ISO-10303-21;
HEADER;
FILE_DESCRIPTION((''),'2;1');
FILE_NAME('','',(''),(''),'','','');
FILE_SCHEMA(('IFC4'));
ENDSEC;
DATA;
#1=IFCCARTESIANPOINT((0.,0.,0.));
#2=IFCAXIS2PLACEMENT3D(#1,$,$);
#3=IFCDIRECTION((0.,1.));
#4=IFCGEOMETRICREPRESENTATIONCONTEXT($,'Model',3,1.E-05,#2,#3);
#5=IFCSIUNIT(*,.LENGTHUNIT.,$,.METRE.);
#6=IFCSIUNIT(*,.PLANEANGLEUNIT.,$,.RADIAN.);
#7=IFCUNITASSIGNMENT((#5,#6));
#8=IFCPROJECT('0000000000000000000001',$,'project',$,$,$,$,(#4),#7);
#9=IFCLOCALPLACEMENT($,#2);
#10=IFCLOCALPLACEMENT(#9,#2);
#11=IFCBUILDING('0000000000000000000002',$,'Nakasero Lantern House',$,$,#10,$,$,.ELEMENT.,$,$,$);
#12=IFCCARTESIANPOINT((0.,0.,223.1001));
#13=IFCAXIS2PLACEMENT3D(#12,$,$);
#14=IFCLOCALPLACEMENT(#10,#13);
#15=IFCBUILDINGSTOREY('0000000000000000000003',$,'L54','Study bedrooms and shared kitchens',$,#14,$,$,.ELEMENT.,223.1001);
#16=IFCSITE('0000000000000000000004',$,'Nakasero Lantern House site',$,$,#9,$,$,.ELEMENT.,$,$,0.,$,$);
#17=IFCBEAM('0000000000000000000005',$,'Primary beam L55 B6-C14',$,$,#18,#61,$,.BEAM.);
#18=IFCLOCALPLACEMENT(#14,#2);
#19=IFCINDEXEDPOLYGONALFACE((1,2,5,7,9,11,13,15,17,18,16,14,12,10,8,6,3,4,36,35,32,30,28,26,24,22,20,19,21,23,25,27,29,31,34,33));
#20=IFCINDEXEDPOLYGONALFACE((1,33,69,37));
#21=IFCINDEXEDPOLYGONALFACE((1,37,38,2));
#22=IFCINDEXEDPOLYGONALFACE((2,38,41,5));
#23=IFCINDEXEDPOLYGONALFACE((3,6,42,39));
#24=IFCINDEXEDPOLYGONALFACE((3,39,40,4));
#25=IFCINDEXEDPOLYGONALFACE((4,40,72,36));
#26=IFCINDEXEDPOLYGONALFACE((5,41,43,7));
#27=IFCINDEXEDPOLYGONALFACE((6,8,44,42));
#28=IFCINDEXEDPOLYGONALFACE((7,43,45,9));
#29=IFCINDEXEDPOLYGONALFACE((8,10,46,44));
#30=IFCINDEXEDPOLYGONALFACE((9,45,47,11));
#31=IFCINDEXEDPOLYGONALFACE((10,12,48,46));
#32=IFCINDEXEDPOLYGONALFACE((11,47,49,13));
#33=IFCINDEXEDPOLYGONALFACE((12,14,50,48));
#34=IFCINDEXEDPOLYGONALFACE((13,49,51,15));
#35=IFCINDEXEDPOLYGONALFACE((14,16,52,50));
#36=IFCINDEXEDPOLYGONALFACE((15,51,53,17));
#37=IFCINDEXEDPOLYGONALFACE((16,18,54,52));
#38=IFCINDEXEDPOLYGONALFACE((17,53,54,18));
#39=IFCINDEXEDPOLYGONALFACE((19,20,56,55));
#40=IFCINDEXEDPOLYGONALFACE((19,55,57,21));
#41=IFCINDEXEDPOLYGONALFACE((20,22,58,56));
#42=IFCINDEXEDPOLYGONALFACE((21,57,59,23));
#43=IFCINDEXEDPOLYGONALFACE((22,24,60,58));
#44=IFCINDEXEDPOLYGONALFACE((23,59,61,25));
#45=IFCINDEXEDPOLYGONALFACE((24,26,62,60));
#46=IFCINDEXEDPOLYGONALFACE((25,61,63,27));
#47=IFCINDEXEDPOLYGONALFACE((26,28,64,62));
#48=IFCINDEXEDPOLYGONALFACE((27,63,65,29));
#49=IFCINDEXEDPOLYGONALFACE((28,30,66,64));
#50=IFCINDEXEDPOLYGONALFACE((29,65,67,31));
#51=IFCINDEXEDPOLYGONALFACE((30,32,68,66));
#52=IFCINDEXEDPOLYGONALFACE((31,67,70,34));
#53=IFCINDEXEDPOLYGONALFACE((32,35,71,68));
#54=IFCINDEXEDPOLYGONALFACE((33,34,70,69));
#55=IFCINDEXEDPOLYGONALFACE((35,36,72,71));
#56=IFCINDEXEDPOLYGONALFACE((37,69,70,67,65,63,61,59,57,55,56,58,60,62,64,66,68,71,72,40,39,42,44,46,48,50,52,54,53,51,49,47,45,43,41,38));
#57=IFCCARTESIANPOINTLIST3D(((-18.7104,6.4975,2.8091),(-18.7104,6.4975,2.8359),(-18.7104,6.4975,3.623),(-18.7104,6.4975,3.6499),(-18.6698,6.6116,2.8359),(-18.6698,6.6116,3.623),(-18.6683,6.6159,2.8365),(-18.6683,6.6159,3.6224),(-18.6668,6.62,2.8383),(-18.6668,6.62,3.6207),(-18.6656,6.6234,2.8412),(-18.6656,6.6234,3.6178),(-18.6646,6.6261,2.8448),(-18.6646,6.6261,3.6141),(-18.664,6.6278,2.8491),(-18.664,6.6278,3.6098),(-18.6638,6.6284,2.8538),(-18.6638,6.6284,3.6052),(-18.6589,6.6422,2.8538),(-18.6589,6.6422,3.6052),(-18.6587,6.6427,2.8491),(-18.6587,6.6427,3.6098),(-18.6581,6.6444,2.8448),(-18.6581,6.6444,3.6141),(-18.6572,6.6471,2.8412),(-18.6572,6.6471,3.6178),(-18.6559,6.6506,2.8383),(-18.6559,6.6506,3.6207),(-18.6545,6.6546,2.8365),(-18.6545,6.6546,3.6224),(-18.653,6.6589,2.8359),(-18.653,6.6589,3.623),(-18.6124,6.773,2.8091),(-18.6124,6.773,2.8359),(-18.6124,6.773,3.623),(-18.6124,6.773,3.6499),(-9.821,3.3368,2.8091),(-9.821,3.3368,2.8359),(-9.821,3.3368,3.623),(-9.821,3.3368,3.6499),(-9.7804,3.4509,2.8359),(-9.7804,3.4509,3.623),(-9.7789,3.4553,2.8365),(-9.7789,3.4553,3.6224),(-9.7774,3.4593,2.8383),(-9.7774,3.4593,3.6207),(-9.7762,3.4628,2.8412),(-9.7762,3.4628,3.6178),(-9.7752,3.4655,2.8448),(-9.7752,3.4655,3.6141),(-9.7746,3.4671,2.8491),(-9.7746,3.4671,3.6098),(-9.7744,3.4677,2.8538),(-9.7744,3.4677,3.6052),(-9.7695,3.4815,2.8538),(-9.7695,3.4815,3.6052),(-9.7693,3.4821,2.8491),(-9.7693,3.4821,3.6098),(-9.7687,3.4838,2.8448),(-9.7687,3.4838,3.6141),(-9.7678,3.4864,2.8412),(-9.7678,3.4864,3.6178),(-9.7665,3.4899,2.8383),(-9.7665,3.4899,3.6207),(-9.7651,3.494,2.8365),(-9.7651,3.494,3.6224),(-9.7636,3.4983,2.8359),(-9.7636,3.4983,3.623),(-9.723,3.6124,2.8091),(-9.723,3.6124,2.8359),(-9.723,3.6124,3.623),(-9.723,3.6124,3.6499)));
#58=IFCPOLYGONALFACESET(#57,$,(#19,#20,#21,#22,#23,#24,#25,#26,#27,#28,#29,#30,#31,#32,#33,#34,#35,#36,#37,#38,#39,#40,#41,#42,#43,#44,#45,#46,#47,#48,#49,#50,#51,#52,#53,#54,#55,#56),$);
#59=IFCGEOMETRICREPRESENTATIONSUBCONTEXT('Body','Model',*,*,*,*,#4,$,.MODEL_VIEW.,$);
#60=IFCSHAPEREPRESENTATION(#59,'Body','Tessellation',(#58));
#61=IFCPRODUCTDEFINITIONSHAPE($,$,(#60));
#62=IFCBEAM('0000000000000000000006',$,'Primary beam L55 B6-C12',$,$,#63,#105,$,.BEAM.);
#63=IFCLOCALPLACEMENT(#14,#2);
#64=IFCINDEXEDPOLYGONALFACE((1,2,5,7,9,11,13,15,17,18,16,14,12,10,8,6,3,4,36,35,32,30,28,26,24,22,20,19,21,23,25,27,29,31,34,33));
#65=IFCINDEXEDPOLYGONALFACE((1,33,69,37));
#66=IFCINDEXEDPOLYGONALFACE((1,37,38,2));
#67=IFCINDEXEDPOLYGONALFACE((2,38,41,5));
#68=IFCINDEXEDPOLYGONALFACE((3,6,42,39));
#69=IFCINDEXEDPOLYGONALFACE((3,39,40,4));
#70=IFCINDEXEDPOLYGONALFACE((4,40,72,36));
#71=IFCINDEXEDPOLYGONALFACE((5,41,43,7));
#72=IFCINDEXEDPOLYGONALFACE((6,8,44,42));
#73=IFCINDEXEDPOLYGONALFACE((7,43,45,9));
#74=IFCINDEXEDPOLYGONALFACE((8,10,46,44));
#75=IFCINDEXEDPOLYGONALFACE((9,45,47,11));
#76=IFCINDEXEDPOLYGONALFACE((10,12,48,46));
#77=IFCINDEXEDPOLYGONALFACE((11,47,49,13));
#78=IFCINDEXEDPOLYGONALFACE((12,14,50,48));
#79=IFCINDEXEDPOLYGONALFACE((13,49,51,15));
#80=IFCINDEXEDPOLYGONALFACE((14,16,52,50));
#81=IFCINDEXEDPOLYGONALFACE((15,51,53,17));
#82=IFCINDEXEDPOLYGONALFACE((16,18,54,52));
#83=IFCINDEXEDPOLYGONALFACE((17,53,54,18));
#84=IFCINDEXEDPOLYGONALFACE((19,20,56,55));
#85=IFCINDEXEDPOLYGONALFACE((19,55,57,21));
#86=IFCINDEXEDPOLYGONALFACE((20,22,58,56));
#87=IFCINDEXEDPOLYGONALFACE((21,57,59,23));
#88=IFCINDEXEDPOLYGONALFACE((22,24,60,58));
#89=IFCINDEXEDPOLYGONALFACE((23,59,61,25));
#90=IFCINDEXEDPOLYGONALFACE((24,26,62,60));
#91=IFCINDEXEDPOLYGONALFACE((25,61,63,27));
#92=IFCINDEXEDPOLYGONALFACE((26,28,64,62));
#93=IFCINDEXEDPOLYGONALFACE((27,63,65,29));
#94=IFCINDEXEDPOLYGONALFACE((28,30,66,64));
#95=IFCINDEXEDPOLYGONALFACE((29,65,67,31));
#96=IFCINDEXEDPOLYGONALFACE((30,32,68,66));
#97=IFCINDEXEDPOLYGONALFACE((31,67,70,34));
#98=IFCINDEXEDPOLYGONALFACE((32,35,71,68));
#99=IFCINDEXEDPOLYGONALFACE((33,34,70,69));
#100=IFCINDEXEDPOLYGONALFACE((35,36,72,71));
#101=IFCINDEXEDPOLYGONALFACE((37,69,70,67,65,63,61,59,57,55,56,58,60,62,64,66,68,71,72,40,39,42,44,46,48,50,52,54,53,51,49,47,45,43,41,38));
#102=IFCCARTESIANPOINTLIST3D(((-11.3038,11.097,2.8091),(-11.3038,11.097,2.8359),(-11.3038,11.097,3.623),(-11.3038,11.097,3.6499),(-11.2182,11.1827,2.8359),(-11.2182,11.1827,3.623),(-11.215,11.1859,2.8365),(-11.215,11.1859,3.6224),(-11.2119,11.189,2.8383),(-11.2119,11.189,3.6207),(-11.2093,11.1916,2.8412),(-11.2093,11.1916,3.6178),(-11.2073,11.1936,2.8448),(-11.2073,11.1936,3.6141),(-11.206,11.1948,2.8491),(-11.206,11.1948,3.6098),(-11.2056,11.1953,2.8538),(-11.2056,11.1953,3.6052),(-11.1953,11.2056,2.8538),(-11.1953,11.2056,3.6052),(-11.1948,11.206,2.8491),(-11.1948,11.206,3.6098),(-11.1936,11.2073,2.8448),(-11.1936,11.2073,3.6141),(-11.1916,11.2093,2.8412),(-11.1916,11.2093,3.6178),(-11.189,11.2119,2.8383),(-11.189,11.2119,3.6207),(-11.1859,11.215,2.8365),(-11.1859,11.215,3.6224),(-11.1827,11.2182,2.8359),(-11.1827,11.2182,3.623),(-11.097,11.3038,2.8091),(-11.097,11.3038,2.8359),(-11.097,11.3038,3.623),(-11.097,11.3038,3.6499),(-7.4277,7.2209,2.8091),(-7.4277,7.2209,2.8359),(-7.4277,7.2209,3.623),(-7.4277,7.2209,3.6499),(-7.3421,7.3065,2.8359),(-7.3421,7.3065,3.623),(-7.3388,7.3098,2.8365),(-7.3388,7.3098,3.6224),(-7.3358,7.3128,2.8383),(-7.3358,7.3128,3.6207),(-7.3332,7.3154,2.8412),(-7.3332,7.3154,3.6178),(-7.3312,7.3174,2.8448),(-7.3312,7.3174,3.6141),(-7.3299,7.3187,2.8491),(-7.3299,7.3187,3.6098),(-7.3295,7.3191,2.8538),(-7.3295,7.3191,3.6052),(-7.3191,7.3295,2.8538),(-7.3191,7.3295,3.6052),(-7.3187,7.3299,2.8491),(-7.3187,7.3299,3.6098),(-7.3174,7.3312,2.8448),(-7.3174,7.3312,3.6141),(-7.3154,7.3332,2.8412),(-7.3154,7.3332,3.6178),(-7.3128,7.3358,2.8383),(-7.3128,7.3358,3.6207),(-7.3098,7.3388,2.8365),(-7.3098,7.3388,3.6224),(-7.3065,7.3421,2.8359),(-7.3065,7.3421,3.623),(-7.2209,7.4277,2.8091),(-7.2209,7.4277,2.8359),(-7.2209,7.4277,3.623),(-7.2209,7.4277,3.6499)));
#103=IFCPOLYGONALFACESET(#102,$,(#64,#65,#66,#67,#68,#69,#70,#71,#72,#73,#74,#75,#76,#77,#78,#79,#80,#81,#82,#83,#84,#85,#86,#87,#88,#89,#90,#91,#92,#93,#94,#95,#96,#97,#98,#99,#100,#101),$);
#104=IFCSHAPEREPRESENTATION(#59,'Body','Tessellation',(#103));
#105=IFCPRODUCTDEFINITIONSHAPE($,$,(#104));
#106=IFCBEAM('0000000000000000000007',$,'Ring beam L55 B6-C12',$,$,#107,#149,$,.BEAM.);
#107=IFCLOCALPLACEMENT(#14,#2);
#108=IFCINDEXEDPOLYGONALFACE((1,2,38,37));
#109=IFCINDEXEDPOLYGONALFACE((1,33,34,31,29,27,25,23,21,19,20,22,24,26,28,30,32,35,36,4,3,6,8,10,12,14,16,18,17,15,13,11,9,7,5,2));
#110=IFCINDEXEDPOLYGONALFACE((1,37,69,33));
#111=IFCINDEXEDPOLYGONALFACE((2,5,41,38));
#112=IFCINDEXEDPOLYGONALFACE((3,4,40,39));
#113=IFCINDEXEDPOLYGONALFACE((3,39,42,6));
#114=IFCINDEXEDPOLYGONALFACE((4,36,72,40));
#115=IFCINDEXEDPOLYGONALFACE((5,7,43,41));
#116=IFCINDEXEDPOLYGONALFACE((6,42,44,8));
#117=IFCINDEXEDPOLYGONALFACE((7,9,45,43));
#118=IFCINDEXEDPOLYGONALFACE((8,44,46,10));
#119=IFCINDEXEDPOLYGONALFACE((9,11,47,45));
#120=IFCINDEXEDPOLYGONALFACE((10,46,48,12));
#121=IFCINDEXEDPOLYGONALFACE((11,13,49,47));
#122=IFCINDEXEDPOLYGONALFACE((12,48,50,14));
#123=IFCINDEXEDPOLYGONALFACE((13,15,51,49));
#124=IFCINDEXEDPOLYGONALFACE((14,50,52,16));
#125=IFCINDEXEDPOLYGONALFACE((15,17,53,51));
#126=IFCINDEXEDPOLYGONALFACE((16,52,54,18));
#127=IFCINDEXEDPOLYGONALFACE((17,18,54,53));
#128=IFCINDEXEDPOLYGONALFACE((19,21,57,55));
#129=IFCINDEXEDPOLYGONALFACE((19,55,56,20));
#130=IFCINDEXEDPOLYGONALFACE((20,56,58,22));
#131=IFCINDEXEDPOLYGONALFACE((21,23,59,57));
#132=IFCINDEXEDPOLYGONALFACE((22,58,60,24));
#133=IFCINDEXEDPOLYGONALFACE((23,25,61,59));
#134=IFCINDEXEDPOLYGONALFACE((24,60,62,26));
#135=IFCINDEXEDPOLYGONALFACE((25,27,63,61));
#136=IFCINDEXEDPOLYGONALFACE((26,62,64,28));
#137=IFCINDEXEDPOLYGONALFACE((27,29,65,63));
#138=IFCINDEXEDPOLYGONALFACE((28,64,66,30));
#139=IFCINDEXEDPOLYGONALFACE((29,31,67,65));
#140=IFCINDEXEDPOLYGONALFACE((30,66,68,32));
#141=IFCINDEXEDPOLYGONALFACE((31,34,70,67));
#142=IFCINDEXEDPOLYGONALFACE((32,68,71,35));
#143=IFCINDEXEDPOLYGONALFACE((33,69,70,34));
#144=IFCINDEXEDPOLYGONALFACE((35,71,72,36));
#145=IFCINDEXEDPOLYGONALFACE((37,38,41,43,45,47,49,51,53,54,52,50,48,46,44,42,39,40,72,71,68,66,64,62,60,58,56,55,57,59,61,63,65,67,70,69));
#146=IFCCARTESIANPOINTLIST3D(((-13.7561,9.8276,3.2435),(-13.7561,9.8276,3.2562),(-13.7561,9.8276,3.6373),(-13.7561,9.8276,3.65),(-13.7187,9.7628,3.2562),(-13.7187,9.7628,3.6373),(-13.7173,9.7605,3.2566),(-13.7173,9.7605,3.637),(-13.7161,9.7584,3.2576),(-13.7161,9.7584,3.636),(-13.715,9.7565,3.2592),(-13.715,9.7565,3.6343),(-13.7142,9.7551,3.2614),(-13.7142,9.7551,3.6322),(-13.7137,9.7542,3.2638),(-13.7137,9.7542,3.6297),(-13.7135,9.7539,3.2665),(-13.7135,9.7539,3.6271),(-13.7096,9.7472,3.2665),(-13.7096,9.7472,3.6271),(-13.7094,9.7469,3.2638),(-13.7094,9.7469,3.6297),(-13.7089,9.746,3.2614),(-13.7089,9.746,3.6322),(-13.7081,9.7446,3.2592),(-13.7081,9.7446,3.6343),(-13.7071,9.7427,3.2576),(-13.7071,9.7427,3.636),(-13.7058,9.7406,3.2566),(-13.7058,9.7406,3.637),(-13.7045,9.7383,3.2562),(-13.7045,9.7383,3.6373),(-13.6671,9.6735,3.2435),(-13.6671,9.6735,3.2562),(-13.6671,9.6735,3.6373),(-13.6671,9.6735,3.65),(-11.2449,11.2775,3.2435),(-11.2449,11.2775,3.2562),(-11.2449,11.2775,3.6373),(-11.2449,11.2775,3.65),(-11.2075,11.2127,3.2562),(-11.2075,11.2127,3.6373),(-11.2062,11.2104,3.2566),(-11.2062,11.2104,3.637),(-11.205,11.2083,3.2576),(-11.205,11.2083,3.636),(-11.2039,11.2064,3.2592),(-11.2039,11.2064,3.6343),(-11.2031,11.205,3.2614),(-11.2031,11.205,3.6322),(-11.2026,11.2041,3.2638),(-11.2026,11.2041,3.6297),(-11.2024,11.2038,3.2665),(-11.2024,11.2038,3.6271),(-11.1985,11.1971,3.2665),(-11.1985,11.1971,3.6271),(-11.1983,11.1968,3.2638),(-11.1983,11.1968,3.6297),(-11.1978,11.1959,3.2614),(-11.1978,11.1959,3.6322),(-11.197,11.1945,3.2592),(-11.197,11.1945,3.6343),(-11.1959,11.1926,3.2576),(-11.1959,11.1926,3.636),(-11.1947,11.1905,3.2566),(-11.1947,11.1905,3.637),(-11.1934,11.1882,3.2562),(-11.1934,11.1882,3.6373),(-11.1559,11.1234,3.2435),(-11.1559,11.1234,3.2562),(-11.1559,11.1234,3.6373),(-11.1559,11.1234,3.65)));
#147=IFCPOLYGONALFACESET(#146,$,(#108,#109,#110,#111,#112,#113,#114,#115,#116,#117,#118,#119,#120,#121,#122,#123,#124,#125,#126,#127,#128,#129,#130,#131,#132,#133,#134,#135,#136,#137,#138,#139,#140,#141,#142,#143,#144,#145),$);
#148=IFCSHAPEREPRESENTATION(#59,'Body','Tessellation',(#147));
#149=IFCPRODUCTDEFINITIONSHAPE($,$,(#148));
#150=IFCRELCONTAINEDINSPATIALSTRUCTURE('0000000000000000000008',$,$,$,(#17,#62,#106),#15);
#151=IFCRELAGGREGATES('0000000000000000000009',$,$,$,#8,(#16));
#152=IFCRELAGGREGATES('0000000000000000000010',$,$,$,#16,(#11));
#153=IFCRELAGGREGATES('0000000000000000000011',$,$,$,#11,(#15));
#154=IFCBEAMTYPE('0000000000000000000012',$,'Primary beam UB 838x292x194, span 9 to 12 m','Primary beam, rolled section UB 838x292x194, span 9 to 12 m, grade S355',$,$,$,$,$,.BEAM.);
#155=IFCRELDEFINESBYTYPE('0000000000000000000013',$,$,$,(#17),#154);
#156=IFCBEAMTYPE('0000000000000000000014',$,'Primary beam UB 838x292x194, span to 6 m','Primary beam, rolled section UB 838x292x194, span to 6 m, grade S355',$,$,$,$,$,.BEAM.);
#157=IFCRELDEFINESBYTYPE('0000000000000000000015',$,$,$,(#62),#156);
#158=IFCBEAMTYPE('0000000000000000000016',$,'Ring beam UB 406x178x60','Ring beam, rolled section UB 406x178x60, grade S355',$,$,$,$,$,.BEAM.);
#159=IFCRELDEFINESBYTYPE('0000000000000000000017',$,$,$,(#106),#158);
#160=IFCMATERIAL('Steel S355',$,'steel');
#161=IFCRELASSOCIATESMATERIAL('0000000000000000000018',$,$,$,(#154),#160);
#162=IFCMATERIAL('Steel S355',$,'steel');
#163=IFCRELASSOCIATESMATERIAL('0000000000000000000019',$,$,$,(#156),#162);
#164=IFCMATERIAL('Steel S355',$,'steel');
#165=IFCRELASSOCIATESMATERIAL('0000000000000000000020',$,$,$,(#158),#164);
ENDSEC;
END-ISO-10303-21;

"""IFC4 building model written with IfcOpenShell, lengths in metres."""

from ifc_helpers import new_model, si_unit, direction, frame, origin, origin_2d, place, context, subcontext, project, spatial, i_section, extrude, material, material_profile, profile_set, type_object, element, save


model = new_model("IFC4")

# Units and contexts
model_context = context("Model", 3, precision=1e-05, world=origin(), true_north=direction((0.0, 1.0)))
body_context = subcontext(model_context, "Body", "Model", "MODEL_VIEW")
ifc_project = project(units=[si_unit("LENGTHUNIT", "METRE"), si_unit("PLANEANGLEUNIT", "RADIAN")], contexts=[model_context])

# Site, building, storey
site_placement = place(None, origin())
site = spatial("IfcSite", under=ifc_project, at=site_placement, Name="Nakasero Lantern House site", CompositionType="ELEMENT", RefElevation=0.0)
building_placement = place(site_placement, origin())
building = spatial("IfcBuilding", under=site, at=building_placement, Name="Nakasero Lantern House", CompositionType="ELEMENT")
storey_placement = place(building_placement, frame((0.0, 0.0, 223.1001)))
storey = spatial("IfcBuildingStorey", under=building, at=storey_placement, Name="L54", Description="Study bedrooms and shared kitchens", CompositionType="ELEMENT", Elevation=223.1001)

# Beams
ifc_material_1 = material(Name="Steel S355", Category="steel")
ifc_material_profile_1 = material_profile(ifc_material_1, i_section(OverallWidth=0.2925, OverallDepth=0.8408, WebThickness=0.0146, FlangeThickness=0.0269, FilletRadius=0.0178, at=origin_2d()), Name="UB 838x292x194")
ifc_profile_set_1 = profile_set([ifc_material_profile_1], Name="Steel S355")
beam_type_1 = type_object("IfcBeamType", Name="Primary beam UB 838x292x194, span 9 to 12 m", Description="Primary beam, rolled section UB 838x292x194, span 9 to 12 m, grade S355", PredefinedType="BEAM", material=ifc_profile_set_1)
beam_1_placement = place(storey_placement, frame((-18.6614, 6.6353, 3.2295), z_axis=(0.942216, -0.335007, 0.0), x_axis=(0.335007, 0.942216, 0.0)))
element("IfcBeam", 1, at=beam_1_placement, inside=storey, type_object=beam_type_1, Name="Primary beam L55 B6-C14", PredefinedType="BEAM", context=body_context, shape_type="SweptSolid", body=[
    extrude(i_section(OverallWidth=0.2925, OverallDepth=0.8408, WebThickness=0.0146, FlangeThickness=0.0269, FilletRadius=0.0178, at=origin_2d()), origin(), (0.0, 0.0, 1.0), 9.4346),
])
ifc_material_2 = material(Name="Steel S355", Category="steel")
ifc_material_profile_2 = material_profile(ifc_material_2, i_section(OverallWidth=0.2925, OverallDepth=0.8408, WebThickness=0.0146, FlangeThickness=0.0269, FilletRadius=0.0178, at=origin_2d()), Name="UB 838x292x194")
ifc_profile_set_2 = profile_set([ifc_material_profile_2], Name="Steel S355")
beam_type_2 = type_object("IfcBeamType", Name="Primary beam UB 838x292x194, span to 6 m", Description="Primary beam, rolled section UB 838x292x194, span to 6 m, grade S355", PredefinedType="BEAM", material=ifc_profile_set_2)
beam_2_placement = place(storey_placement, frame((-11.2004, 11.2004, 3.2295), z_axis=(0.707107, -0.707107, 0.0), x_axis=(0.707107, 0.707107, 0.0)))
element("IfcBeam", 2, at=beam_2_placement, inside=storey, type_object=beam_type_2, Name="Primary beam L55 B6-C12", PredefinedType="BEAM", context=body_context, shape_type="SweptSolid", body=[
    extrude(i_section(OverallWidth=0.2925, OverallDepth=0.8408, WebThickness=0.0146, FlangeThickness=0.0269, FilletRadius=0.0178, at=origin_2d()), origin(), (0.0, 0.0, 1.0), 5.4817),
])
ifc_material_3 = material(Name="Steel S355", Category="steel")
ifc_material_profile_3 = material_profile(ifc_material_3, i_section(OverallWidth=0.178, OverallDepth=0.4065, WebThickness=0.0078, FlangeThickness=0.0127, FilletRadius=0.0103, at=origin_2d()), Name="UB 406x178x60")
ifc_profile_set_3 = profile_set([ifc_material_profile_3], Name="Steel S355")
beam_type_3 = type_object("IfcBeamType", Name="Ring beam UB 406x178x60", Description="Ring beam, rolled section UB 406x178x60, grade S355", PredefinedType="BEAM", material=ifc_profile_set_3)
beam_3_placement = place(storey_placement, frame((-11.2004, 11.2004, 3.4468), z_axis=(-0.866012, -0.500024, 0.0), x_axis=(0.500024, -0.866012, 0.0)))
element("IfcBeam", 3, at=beam_3_placement, inside=storey, type_object=beam_type_3, Name="Ring beam L55 B6-C12", PredefinedType="BEAM", context=body_context, shape_type="SweptSolid", body=[
    extrude(i_section(OverallWidth=0.178, OverallDepth=0.4065, WebThickness=0.0078, FlangeThickness=0.0127, FilletRadius=0.0103, at=origin_2d()), origin(), (0.0, 0.0, 1.0), 2.8997),
])

save(model, "model.ifc")
